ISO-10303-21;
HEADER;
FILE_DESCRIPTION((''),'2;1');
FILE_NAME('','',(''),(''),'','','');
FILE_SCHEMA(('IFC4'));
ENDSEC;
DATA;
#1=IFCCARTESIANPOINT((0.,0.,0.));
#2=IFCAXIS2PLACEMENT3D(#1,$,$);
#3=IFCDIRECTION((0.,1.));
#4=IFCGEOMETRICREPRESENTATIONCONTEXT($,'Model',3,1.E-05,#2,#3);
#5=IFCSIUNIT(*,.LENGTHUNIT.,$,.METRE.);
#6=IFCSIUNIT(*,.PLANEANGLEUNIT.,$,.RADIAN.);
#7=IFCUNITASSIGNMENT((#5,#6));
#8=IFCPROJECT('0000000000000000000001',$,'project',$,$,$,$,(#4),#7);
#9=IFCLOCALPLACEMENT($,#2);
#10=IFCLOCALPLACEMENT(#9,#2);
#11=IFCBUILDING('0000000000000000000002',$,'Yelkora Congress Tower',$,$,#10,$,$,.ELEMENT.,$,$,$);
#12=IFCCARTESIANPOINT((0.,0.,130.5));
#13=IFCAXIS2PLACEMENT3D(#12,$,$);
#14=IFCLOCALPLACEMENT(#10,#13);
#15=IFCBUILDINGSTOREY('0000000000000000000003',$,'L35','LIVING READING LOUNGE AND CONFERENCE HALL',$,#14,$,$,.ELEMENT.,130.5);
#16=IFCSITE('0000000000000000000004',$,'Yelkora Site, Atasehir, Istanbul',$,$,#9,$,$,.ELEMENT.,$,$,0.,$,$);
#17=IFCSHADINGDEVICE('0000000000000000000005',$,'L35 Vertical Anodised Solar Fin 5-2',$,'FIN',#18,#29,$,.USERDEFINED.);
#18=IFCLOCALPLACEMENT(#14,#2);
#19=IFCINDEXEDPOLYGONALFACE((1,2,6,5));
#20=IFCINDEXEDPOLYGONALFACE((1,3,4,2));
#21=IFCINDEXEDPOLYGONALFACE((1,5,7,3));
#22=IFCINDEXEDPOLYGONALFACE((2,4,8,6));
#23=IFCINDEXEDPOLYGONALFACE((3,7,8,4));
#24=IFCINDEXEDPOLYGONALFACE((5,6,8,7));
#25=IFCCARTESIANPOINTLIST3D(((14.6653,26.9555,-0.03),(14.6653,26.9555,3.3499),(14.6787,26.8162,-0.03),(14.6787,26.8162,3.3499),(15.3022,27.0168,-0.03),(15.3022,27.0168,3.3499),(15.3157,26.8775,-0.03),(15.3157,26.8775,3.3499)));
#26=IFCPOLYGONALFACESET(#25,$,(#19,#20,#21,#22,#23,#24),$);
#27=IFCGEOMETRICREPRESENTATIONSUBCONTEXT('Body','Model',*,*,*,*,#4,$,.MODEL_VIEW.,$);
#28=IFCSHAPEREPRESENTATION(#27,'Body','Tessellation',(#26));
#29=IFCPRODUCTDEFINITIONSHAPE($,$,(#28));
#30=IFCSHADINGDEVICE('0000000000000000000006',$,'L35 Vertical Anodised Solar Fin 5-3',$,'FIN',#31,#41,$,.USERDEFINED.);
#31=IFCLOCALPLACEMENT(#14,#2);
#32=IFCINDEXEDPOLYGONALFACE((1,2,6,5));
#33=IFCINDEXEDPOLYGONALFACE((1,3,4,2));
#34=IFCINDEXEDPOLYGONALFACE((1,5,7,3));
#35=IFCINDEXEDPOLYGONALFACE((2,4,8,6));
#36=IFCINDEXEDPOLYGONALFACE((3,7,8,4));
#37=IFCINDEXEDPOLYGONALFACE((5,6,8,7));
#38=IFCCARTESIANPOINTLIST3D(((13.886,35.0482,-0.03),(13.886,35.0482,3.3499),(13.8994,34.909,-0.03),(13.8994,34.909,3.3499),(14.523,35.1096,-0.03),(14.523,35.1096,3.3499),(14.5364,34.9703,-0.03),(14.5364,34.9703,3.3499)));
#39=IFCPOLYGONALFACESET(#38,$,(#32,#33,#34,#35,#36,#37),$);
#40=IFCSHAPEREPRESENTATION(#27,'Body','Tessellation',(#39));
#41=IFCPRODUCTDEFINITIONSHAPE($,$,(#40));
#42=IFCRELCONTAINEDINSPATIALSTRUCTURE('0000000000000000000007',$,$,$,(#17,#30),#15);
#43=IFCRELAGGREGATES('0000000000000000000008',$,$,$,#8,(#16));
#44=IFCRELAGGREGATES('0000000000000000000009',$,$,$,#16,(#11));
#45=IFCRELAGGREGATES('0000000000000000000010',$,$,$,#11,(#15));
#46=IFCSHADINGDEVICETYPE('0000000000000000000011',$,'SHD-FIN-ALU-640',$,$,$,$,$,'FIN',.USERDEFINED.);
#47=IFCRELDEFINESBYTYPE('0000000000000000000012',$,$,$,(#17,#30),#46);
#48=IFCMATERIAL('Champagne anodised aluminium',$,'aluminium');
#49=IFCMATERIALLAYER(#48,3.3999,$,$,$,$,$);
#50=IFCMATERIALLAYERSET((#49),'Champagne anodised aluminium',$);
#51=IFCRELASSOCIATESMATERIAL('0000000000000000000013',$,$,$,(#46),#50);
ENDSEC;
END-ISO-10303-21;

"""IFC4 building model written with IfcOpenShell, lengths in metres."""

from ifc_helpers import new_model, si_unit, direction, frame, origin, origin_2d, place, context, subcontext, project, spatial, rectangle, extrude, material, layer, layer_set, type_object, element, save


model = new_model("IFC4")

# Units and contexts
model_context = context("Model", 3, precision=1e-05, world=origin(), true_north=direction((0.0, 1.0)))
body_context = subcontext(model_context, "Body", "Model", "MODEL_VIEW")
ifc_project = project(units=[si_unit("LENGTHUNIT", "METRE"), si_unit("PLANEANGLEUNIT", "RADIAN")], contexts=[model_context])

# Site, building, storey
site_placement = place(None, origin())
site = spatial("IfcSite", under=ifc_project, at=site_placement, Name="Yelkora Site, Atasehir, Istanbul", CompositionType="ELEMENT", RefElevation=0.0)
building_placement = place(site_placement, origin())
building = spatial("IfcBuilding", under=site, at=building_placement, Name="Yelkora Congress Tower", CompositionType="ELEMENT")
storey_placement = place(building_placement, frame((0.0, 0.0, 130.5)))
storey = spatial("IfcBuildingStorey", under=building, at=storey_placement, Name="L35", Description="LIVING READING LOUNGE AND CONFERENCE HALL", CompositionType="ELEMENT", Elevation=130.5)

# Shading devices
ifc_material_1 = material(Name="Champagne anodised aluminium", Category="aluminium")
ifc_layer_1 = layer(ifc_material_1, 3.3999)
ifc_layer_set_1 = layer_set([ifc_layer_1], Name="Champagne anodised aluminium")
shading_device_type = type_object("IfcShadingDeviceType", Name="SHD-FIN-ALU-640", ElementType="FIN", PredefinedType="USERDEFINED", material=ifc_layer_set_1)
for number, where, z_axis, x_axis, name in (
    (1, (14.9905, 26.9165, -0.03), (0.0, 0.0, 1.0), (-0.095846, 0.995396, 0.0), "L35 Vertical Anodised Solar Fin 5-2"),
    (2, (14.2112, 35.0093, -0.03), (0.0, 0.0, 1.0), (-0.095846, 0.995396, 0.0), "L35 Vertical Anodised Solar Fin 5-3"),
):
    element("IfcShadingDevice", number, at=place(storey_placement, frame(where, z_axis=z_axis, x_axis=x_axis)), inside=storey, type_object=shading_device_type, Name=name, ObjectType="FIN", PredefinedType="USERDEFINED", context=body_context, shape_type="SweptSolid", body=[
        extrude(rectangle(XDim=0.1399, YDim=0.6399, at=origin_2d()), origin(), (0.0, 0.0, 1.0), 3.3799),
    ])

save(model, "model.ifc")
